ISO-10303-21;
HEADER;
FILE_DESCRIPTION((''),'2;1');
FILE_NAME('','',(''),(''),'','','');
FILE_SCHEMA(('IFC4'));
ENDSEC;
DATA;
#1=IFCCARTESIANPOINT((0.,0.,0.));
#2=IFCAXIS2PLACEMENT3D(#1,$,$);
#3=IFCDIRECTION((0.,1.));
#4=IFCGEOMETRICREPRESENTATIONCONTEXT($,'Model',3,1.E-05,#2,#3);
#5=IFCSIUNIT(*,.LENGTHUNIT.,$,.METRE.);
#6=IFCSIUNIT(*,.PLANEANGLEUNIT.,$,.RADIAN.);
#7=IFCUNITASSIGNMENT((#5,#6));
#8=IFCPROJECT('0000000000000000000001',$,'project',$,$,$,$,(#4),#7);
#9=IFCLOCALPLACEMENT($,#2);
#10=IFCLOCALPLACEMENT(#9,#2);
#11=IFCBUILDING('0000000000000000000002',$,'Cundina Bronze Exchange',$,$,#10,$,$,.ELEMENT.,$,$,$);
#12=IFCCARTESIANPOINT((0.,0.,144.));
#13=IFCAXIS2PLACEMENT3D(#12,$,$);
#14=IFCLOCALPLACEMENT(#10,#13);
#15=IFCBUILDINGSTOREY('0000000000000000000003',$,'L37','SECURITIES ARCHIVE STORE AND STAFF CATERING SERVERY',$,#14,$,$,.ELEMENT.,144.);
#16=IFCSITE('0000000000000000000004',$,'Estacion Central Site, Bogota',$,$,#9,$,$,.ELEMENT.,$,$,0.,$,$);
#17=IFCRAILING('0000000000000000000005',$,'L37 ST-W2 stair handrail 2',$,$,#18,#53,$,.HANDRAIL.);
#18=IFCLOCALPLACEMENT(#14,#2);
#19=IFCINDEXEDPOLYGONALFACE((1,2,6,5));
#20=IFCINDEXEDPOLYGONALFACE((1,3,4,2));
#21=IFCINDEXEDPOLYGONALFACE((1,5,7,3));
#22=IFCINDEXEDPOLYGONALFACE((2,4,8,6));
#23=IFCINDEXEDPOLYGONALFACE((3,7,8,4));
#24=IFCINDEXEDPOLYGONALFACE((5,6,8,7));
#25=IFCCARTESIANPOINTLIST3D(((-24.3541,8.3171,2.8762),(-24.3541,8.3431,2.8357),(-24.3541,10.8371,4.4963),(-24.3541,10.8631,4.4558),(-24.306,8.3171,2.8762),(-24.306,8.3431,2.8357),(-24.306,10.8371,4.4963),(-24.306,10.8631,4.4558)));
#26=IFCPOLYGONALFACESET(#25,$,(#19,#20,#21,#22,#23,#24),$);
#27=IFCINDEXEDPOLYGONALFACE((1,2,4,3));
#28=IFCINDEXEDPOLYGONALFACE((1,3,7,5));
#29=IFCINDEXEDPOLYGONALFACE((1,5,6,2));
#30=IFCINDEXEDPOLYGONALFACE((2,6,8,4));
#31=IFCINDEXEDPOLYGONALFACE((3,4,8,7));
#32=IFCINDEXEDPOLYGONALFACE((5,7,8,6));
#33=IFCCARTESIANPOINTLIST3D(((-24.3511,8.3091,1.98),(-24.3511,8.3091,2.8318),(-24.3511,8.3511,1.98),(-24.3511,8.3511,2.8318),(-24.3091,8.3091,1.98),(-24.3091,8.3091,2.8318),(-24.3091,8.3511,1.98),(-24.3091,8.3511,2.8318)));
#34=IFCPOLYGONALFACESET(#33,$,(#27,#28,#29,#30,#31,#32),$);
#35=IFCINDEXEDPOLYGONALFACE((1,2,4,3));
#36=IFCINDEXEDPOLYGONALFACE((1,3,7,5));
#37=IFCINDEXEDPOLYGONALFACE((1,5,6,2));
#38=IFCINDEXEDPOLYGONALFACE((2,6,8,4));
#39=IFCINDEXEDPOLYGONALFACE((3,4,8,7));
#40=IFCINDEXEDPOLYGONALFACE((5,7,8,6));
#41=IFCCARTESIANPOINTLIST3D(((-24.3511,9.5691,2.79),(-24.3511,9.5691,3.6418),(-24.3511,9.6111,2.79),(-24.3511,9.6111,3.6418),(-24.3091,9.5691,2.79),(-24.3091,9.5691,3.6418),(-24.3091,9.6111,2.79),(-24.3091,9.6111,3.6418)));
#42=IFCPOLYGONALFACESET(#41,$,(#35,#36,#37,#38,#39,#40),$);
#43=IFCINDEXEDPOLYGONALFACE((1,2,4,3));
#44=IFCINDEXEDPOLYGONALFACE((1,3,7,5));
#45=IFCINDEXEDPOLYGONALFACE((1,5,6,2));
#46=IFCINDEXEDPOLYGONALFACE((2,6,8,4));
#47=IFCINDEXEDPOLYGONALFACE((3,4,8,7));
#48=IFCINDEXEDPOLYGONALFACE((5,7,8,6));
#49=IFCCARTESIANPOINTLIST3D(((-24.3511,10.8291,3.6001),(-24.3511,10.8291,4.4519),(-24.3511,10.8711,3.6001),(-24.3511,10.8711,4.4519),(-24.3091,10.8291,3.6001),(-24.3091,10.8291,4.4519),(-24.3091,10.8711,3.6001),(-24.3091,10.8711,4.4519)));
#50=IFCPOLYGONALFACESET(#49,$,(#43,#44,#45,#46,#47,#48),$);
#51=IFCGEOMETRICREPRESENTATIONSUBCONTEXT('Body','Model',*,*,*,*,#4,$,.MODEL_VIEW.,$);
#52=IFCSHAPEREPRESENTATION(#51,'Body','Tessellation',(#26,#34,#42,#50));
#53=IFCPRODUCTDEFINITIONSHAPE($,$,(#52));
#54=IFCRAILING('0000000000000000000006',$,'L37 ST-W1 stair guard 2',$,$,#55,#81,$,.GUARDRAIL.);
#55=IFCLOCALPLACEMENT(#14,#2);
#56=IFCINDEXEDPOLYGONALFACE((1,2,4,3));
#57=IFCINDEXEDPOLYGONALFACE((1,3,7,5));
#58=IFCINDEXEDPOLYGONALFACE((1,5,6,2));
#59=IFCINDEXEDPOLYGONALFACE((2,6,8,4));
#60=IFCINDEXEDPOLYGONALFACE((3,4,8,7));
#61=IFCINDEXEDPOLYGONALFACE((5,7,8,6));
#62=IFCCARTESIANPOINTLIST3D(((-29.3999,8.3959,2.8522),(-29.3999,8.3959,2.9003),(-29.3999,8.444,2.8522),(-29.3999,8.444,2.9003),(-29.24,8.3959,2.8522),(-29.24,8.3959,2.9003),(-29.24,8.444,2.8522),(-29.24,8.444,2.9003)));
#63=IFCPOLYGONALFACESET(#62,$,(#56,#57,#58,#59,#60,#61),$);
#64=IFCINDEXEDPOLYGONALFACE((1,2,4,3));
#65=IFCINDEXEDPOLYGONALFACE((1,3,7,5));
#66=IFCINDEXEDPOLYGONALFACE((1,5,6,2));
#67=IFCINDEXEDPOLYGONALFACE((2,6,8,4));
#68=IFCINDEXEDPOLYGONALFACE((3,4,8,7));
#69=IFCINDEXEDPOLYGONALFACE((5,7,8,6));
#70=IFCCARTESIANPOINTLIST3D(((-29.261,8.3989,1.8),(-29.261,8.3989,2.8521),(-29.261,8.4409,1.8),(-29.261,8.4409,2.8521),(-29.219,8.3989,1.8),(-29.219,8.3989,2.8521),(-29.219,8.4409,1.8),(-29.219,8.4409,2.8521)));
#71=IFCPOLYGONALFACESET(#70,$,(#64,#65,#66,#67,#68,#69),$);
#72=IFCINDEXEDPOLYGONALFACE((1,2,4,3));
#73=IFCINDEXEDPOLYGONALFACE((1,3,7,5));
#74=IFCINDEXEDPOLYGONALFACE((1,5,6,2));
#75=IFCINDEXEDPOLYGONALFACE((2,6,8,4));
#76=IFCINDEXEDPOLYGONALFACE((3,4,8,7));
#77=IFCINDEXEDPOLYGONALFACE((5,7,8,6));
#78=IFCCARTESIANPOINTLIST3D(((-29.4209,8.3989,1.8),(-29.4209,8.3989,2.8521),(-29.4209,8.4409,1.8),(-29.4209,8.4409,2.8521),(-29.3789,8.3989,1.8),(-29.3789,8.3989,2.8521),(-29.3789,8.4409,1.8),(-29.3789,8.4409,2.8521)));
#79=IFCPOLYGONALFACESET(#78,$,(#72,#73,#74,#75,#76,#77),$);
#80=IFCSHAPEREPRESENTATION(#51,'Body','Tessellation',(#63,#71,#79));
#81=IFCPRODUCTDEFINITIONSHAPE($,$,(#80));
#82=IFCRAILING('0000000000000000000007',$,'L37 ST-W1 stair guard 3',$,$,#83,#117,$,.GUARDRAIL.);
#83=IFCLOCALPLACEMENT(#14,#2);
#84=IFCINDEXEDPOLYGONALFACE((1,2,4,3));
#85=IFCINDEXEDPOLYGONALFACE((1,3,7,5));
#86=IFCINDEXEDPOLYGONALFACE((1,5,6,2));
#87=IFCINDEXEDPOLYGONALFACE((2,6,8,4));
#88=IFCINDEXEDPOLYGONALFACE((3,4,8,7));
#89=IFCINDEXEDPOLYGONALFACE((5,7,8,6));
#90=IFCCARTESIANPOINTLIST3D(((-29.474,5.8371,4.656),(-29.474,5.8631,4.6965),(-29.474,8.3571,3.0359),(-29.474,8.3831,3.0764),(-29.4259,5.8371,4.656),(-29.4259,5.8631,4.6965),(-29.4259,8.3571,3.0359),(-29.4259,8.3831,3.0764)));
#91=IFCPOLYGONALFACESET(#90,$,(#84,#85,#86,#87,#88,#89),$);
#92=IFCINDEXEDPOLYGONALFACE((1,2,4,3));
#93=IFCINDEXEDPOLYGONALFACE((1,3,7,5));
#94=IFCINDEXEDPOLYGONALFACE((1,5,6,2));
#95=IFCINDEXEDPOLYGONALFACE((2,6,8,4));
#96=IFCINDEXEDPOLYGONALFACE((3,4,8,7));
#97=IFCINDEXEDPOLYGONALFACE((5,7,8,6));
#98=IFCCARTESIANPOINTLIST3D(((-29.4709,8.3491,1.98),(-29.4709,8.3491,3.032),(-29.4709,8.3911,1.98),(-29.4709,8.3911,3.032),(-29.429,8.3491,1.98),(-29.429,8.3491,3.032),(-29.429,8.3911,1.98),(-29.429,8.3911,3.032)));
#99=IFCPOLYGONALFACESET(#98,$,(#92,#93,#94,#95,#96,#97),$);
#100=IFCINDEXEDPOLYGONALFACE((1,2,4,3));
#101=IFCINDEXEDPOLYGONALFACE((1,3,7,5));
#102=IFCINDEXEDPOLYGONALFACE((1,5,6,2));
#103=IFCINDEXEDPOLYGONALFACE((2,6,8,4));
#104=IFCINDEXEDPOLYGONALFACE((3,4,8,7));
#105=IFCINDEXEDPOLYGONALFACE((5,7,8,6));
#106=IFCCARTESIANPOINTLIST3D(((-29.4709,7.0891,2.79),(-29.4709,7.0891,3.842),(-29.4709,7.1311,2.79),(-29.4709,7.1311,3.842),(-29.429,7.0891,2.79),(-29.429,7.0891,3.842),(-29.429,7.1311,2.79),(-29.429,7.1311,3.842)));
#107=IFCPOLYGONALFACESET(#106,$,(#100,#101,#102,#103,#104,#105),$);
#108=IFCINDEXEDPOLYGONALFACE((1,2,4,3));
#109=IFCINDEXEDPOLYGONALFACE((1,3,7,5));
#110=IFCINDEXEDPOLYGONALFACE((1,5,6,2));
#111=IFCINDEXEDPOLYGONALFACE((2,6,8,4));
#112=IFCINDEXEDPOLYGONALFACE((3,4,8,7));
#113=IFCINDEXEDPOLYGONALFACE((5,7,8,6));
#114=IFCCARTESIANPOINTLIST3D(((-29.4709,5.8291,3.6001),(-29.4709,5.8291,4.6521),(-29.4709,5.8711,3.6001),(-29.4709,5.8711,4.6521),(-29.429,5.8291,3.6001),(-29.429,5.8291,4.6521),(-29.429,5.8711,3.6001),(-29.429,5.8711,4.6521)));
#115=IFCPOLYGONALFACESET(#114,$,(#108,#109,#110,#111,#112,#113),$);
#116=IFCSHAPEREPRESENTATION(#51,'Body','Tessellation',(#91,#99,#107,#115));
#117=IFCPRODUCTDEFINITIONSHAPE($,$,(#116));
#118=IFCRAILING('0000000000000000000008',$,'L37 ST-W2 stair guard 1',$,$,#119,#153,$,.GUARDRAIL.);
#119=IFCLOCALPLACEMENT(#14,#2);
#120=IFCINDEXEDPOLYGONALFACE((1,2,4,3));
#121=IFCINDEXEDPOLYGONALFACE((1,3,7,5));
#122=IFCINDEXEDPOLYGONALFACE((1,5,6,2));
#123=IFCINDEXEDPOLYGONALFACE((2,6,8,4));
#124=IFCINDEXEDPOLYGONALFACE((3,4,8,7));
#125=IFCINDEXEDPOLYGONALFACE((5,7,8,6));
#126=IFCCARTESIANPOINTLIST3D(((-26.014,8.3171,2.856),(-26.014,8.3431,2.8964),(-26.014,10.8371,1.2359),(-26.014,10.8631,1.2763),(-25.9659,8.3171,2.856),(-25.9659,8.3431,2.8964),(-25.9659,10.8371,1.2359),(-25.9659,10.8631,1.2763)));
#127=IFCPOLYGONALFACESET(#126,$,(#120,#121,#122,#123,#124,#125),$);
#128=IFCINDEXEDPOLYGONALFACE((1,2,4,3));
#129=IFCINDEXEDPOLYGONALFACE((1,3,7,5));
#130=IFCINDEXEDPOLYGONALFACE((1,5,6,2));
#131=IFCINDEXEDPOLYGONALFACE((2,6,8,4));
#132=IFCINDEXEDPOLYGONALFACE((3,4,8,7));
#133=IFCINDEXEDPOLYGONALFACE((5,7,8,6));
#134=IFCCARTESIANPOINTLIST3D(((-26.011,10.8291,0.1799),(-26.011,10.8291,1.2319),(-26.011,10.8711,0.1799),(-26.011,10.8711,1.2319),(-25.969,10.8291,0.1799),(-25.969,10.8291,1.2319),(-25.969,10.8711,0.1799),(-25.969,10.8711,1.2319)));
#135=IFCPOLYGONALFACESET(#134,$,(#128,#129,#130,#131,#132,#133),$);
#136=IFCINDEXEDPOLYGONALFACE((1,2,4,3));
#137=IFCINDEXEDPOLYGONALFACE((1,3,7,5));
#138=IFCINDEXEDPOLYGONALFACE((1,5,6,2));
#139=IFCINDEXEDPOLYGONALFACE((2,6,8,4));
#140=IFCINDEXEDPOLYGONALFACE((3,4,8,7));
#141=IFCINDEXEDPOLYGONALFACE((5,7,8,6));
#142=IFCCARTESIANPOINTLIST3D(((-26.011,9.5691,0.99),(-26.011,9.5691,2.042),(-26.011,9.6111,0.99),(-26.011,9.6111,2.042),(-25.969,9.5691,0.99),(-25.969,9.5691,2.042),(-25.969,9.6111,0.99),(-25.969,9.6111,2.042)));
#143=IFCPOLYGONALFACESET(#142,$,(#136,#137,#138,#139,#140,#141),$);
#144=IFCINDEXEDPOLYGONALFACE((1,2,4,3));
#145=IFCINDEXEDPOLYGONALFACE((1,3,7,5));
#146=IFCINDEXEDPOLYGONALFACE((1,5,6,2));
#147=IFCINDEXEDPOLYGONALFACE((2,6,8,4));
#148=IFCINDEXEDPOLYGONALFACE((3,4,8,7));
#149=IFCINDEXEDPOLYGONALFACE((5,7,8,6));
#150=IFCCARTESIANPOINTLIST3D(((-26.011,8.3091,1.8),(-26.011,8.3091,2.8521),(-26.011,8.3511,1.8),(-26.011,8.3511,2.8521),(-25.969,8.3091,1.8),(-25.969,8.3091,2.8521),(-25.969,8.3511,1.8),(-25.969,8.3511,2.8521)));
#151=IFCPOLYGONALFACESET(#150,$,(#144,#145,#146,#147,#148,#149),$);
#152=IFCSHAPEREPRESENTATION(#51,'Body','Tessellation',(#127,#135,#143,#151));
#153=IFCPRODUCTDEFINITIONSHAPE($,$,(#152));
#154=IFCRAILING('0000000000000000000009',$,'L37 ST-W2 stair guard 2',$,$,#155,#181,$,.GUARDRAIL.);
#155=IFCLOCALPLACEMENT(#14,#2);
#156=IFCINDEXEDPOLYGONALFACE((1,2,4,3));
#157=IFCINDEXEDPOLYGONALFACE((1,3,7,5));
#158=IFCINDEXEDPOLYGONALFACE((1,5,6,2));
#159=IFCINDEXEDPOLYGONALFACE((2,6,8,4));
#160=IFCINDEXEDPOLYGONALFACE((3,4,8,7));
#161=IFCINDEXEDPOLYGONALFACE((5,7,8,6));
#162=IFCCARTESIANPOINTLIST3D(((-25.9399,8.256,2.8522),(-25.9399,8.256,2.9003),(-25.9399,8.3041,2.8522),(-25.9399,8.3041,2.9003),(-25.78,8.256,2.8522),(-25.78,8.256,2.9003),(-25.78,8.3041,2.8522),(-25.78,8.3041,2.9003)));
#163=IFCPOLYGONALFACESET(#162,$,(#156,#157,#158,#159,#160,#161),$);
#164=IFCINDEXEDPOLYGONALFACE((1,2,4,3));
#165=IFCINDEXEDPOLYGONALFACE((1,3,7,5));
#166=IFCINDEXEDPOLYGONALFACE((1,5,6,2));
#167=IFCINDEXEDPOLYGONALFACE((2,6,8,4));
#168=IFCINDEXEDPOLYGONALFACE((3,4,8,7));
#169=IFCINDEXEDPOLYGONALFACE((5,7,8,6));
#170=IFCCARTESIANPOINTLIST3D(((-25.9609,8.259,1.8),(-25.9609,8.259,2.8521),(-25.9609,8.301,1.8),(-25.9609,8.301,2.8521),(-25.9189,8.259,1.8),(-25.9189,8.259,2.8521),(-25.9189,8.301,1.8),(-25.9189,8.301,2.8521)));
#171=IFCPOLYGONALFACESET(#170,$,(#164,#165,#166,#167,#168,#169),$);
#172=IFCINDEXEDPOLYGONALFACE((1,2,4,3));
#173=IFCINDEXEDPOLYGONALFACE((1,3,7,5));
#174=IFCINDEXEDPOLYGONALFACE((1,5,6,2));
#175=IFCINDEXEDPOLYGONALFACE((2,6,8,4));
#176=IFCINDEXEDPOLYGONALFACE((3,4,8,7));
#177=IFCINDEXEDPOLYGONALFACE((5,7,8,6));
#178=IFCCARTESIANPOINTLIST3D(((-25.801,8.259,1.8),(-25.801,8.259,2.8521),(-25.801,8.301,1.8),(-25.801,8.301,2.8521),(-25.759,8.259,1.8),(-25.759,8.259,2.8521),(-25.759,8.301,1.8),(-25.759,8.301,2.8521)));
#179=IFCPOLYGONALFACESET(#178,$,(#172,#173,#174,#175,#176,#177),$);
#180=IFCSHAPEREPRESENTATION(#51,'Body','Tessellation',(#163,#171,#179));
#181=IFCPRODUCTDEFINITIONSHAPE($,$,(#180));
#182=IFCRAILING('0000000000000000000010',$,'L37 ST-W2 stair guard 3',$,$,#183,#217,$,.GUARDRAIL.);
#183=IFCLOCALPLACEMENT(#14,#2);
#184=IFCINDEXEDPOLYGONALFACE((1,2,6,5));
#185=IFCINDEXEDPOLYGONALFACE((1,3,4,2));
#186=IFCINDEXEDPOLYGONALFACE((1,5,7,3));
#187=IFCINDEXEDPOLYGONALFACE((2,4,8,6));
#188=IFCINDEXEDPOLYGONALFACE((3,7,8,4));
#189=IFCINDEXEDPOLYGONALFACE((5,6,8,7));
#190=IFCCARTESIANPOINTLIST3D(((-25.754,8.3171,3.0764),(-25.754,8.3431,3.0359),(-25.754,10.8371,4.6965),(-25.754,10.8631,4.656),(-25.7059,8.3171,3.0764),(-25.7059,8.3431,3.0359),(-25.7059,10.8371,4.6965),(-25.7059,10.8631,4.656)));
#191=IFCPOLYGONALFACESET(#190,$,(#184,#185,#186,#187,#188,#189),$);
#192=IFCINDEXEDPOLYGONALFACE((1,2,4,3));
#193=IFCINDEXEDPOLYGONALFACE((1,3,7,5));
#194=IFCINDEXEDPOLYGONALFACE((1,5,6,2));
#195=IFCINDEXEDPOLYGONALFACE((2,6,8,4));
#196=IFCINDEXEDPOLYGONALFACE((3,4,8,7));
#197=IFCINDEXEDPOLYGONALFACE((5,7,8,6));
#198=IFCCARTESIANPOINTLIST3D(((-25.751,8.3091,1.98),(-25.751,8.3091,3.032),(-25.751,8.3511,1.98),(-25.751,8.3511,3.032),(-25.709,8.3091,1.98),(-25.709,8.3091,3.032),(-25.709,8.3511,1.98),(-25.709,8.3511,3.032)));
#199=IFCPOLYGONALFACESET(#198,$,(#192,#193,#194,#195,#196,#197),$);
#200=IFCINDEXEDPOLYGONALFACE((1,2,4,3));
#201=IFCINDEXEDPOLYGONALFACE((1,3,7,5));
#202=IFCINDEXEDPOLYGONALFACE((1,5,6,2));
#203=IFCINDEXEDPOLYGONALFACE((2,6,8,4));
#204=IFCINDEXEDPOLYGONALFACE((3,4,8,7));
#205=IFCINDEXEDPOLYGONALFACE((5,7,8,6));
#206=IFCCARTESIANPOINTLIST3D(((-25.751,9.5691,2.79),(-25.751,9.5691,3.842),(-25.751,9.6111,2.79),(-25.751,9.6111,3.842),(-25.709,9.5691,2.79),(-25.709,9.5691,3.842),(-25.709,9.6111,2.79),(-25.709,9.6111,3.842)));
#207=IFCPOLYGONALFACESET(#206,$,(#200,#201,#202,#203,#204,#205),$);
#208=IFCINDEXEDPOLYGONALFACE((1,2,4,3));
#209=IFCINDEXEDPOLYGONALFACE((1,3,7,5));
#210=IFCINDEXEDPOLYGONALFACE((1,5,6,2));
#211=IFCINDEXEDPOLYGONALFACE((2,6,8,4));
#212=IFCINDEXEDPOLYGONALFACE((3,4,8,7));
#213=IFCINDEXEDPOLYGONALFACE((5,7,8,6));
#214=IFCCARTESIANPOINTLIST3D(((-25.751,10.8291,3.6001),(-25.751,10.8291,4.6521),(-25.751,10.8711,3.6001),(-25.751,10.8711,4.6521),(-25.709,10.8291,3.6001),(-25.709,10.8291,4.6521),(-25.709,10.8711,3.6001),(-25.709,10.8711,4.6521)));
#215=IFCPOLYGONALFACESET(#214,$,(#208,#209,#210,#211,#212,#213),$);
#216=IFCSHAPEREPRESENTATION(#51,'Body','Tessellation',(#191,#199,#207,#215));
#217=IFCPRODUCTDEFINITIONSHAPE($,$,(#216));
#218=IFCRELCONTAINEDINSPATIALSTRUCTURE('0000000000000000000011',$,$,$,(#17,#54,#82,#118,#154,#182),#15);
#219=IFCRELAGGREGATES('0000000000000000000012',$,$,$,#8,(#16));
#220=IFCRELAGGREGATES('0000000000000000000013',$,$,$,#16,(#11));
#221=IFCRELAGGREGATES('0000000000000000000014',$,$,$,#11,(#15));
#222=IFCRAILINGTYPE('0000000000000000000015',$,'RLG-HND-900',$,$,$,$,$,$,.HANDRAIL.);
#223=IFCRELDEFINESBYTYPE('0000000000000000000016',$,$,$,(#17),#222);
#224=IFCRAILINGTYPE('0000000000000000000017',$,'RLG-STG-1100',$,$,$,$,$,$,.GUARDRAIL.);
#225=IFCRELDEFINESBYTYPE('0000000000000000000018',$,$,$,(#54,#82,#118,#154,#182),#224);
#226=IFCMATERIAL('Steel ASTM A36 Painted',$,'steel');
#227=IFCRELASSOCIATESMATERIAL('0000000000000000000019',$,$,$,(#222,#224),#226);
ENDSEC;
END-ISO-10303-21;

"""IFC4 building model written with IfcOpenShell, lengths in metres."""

from ifc_helpers import new_model, si_unit, direction, frame, origin, origin_2d, place, context, subcontext, project, spatial, rectangle, extrude, material, type_object, element, save


model = new_model("IFC4")

# Units and contexts
model_context = context("Model", 3, precision=1e-05, world=origin(), true_north=direction((0.0, 1.0)))
body_context = subcontext(model_context, "Body", "Model", "MODEL_VIEW")
ifc_project = project(units=[si_unit("LENGTHUNIT", "METRE"), si_unit("PLANEANGLEUNIT", "RADIAN")], contexts=[model_context])

# Site, building, storey
site_placement = place(None, origin())
site = spatial("IfcSite", under=ifc_project, at=site_placement, Name="Estacion Central Site, Bogota", CompositionType="ELEMENT", RefElevation=0.0)
building_placement = place(site_placement, origin())
building = spatial("IfcBuilding", under=site, at=building_placement, Name="Cundina Bronze Exchange", CompositionType="ELEMENT")
storey_placement = place(building_placement, frame((0.0, 0.0, 144.0)))
storey = spatial("IfcBuildingStorey", under=building, at=storey_placement, Name="L37", Description="SECURITIES ARCHIVE STORE AND STAFF CATERING SERVERY", CompositionType="ELEMENT", Elevation=144.0)

# Shared definitions
ifc_material_1 = material(Name="Steel ASTM A36 Painted", Category="steel")

# Railings
railing_type_1 = type_object("IfcRailingType", Name="RLG-HND-900", PredefinedType="HANDRAIL", material=ifc_material_1)
railing_1_placement = place(storey_placement, frame((-24.3301, 8.3301, 1.98)))
element("IfcRailing", 1, at=railing_1_placement, inside=storey, type_object=railing_type_1, Name="L37 ST-W2 stair handrail 2", PredefinedType="HANDRAIL", context=body_context, shape_type="SweptSolid", body=[
    extrude(rectangle(XDim=0.0481, YDim=0.0481, at=origin_2d()), frame((0.0, 0.0, 0.876), z_axis=(0.0, 0.841163, 0.540782), x_axis=(-1.0, 0.0, 0.0)), (0.0, 0.0, 1.0), 2.9958),
    extrude(rectangle(XDim=0.042, YDim=0.042, at=origin_2d()), origin(), (0.0, 0.0, 1.0), 0.8518),
    extrude(rectangle(XDim=0.042, YDim=0.042, at=origin_2d()), frame((0.0, 1.26, 0.8101)), (0.0, 0.0, 1.0), 0.8518),
    extrude(rectangle(XDim=0.042, YDim=0.042, at=origin_2d()), frame((0.0, 2.52, 1.6201)), (0.0, 0.0, 1.0), 0.8518),
])
railing_type_2 = type_object("IfcRailingType", Name="RLG-STG-1100", PredefinedType="GUARDRAIL", material=ifc_material_1)
railing_2_placement = place(storey_placement, frame((-29.24, 8.4199, 1.8)))
element("IfcRailing", 2, at=railing_2_placement, inside=storey, type_object=railing_type_2, Name="L37 ST-W1 stair guard 2", PredefinedType="GUARDRAIL", context=body_context, shape_type="SweptSolid", body=[
    extrude(rectangle(XDim=0.0481, YDim=0.0481, at=origin_2d()), frame((0.0, 0.0, 1.0762), z_axis=(-1.0, 0.0, 0.0), x_axis=(0.0, -1.0, 0.0)), (0.0, 0.0, 1.0), 0.1599),
    extrude(rectangle(XDim=0.042, YDim=0.042, at=origin_2d()), origin(), (0.0, 0.0, 1.0), 1.052),
    extrude(rectangle(XDim=0.042, YDim=0.042, at=origin_2d()), frame((-0.1599, 0.0, 0.0)), (0.0, 0.0, 1.0), 1.052),
])
for number, where, name in (
    (3, (-29.45, 8.3701, 1.98), "L37 ST-W1 stair guard 3"),
    (4, (-25.99, 10.8501, 0.1799), "L37 ST-W2 stair guard 1"),
):
    element("IfcRailing", number, at=place(storey_placement, frame(where)), inside=storey, type_object=railing_type_2, Name=name, PredefinedType="GUARDRAIL", context=body_context, shape_type="SweptSolid", body=[
        extrude(rectangle(XDim=0.0481, YDim=0.0481, at=origin_2d()), frame((0.0, 0.0, 1.0762), z_axis=(0.0, -0.841163, 0.540782), x_axis=(1.0, 0.0, 0.0)), (0.0, 0.0, 1.0), 2.9958),
        extrude(rectangle(XDim=0.042, YDim=0.042, at=origin_2d()), origin(), (0.0, 0.0, 1.0), 1.052),
        extrude(rectangle(XDim=0.042, YDim=0.042, at=origin_2d()), frame((0.0, -1.26, 0.8101)), (0.0, 0.0, 1.0), 1.052),
        extrude(rectangle(XDim=0.042, YDim=0.042, at=origin_2d()), frame((0.0, -2.52, 1.6201)), (0.0, 0.0, 1.0), 1.052),
    ])
railing_3_placement = place(storey_placement, frame((-25.9399, 8.28, 1.8)))
element("IfcRailing", 5, at=railing_3_placement, inside=storey, type_object=railing_type_2, Name="L37 ST-W2 stair guard 2", PredefinedType="GUARDRAIL", context=body_context, shape_type="SweptSolid", body=[
    extrude(rectangle(XDim=0.0481, YDim=0.0481, at=origin_2d()), frame((0.0, 0.0, 1.0762), z_axis=(1.0, 0.0, 0.0), x_axis=(0.0, 1.0, 0.0)), (0.0, 0.0, 1.0), 0.1599),
    extrude(rectangle(XDim=0.042, YDim=0.042, at=origin_2d()), origin(), (0.0, 0.0, 1.0), 1.052),
    extrude(rectangle(XDim=0.042, YDim=0.042, at=origin_2d()), frame((0.1599, 0.0, 0.0)), (0.0, 0.0, 1.0), 1.052),
])
railing_4_placement = place(storey_placement, frame((-25.73, 8.3301, 1.98)))
element("IfcRailing", 6, at=railing_4_placement, inside=storey, type_object=railing_type_2, Name="L37 ST-W2 stair guard 3", PredefinedType="GUARDRAIL", context=body_context, shape_type="SweptSolid", body=[
    extrude(rectangle(XDim=0.0481, YDim=0.0481, at=origin_2d()), frame((0.0, 0.0, 1.0762), z_axis=(0.0, 0.841163, 0.540782), x_axis=(-1.0, 0.0, 0.0)), (0.0, 0.0, 1.0), 2.9958),
    extrude(rectangle(XDim=0.042, YDim=0.042, at=origin_2d()), origin(), (0.0, 0.0, 1.0), 1.052),
    extrude(rectangle(XDim=0.042, YDim=0.042, at=origin_2d()), frame((0.0, 1.26, 0.8101)), (0.0, 0.0, 1.0), 1.052),
    extrude(rectangle(XDim=0.042, YDim=0.042, at=origin_2d()), frame((0.0, 2.52, 1.6201)), (0.0, 0.0, 1.0), 1.052),
])

save(model, "model.ifc")
